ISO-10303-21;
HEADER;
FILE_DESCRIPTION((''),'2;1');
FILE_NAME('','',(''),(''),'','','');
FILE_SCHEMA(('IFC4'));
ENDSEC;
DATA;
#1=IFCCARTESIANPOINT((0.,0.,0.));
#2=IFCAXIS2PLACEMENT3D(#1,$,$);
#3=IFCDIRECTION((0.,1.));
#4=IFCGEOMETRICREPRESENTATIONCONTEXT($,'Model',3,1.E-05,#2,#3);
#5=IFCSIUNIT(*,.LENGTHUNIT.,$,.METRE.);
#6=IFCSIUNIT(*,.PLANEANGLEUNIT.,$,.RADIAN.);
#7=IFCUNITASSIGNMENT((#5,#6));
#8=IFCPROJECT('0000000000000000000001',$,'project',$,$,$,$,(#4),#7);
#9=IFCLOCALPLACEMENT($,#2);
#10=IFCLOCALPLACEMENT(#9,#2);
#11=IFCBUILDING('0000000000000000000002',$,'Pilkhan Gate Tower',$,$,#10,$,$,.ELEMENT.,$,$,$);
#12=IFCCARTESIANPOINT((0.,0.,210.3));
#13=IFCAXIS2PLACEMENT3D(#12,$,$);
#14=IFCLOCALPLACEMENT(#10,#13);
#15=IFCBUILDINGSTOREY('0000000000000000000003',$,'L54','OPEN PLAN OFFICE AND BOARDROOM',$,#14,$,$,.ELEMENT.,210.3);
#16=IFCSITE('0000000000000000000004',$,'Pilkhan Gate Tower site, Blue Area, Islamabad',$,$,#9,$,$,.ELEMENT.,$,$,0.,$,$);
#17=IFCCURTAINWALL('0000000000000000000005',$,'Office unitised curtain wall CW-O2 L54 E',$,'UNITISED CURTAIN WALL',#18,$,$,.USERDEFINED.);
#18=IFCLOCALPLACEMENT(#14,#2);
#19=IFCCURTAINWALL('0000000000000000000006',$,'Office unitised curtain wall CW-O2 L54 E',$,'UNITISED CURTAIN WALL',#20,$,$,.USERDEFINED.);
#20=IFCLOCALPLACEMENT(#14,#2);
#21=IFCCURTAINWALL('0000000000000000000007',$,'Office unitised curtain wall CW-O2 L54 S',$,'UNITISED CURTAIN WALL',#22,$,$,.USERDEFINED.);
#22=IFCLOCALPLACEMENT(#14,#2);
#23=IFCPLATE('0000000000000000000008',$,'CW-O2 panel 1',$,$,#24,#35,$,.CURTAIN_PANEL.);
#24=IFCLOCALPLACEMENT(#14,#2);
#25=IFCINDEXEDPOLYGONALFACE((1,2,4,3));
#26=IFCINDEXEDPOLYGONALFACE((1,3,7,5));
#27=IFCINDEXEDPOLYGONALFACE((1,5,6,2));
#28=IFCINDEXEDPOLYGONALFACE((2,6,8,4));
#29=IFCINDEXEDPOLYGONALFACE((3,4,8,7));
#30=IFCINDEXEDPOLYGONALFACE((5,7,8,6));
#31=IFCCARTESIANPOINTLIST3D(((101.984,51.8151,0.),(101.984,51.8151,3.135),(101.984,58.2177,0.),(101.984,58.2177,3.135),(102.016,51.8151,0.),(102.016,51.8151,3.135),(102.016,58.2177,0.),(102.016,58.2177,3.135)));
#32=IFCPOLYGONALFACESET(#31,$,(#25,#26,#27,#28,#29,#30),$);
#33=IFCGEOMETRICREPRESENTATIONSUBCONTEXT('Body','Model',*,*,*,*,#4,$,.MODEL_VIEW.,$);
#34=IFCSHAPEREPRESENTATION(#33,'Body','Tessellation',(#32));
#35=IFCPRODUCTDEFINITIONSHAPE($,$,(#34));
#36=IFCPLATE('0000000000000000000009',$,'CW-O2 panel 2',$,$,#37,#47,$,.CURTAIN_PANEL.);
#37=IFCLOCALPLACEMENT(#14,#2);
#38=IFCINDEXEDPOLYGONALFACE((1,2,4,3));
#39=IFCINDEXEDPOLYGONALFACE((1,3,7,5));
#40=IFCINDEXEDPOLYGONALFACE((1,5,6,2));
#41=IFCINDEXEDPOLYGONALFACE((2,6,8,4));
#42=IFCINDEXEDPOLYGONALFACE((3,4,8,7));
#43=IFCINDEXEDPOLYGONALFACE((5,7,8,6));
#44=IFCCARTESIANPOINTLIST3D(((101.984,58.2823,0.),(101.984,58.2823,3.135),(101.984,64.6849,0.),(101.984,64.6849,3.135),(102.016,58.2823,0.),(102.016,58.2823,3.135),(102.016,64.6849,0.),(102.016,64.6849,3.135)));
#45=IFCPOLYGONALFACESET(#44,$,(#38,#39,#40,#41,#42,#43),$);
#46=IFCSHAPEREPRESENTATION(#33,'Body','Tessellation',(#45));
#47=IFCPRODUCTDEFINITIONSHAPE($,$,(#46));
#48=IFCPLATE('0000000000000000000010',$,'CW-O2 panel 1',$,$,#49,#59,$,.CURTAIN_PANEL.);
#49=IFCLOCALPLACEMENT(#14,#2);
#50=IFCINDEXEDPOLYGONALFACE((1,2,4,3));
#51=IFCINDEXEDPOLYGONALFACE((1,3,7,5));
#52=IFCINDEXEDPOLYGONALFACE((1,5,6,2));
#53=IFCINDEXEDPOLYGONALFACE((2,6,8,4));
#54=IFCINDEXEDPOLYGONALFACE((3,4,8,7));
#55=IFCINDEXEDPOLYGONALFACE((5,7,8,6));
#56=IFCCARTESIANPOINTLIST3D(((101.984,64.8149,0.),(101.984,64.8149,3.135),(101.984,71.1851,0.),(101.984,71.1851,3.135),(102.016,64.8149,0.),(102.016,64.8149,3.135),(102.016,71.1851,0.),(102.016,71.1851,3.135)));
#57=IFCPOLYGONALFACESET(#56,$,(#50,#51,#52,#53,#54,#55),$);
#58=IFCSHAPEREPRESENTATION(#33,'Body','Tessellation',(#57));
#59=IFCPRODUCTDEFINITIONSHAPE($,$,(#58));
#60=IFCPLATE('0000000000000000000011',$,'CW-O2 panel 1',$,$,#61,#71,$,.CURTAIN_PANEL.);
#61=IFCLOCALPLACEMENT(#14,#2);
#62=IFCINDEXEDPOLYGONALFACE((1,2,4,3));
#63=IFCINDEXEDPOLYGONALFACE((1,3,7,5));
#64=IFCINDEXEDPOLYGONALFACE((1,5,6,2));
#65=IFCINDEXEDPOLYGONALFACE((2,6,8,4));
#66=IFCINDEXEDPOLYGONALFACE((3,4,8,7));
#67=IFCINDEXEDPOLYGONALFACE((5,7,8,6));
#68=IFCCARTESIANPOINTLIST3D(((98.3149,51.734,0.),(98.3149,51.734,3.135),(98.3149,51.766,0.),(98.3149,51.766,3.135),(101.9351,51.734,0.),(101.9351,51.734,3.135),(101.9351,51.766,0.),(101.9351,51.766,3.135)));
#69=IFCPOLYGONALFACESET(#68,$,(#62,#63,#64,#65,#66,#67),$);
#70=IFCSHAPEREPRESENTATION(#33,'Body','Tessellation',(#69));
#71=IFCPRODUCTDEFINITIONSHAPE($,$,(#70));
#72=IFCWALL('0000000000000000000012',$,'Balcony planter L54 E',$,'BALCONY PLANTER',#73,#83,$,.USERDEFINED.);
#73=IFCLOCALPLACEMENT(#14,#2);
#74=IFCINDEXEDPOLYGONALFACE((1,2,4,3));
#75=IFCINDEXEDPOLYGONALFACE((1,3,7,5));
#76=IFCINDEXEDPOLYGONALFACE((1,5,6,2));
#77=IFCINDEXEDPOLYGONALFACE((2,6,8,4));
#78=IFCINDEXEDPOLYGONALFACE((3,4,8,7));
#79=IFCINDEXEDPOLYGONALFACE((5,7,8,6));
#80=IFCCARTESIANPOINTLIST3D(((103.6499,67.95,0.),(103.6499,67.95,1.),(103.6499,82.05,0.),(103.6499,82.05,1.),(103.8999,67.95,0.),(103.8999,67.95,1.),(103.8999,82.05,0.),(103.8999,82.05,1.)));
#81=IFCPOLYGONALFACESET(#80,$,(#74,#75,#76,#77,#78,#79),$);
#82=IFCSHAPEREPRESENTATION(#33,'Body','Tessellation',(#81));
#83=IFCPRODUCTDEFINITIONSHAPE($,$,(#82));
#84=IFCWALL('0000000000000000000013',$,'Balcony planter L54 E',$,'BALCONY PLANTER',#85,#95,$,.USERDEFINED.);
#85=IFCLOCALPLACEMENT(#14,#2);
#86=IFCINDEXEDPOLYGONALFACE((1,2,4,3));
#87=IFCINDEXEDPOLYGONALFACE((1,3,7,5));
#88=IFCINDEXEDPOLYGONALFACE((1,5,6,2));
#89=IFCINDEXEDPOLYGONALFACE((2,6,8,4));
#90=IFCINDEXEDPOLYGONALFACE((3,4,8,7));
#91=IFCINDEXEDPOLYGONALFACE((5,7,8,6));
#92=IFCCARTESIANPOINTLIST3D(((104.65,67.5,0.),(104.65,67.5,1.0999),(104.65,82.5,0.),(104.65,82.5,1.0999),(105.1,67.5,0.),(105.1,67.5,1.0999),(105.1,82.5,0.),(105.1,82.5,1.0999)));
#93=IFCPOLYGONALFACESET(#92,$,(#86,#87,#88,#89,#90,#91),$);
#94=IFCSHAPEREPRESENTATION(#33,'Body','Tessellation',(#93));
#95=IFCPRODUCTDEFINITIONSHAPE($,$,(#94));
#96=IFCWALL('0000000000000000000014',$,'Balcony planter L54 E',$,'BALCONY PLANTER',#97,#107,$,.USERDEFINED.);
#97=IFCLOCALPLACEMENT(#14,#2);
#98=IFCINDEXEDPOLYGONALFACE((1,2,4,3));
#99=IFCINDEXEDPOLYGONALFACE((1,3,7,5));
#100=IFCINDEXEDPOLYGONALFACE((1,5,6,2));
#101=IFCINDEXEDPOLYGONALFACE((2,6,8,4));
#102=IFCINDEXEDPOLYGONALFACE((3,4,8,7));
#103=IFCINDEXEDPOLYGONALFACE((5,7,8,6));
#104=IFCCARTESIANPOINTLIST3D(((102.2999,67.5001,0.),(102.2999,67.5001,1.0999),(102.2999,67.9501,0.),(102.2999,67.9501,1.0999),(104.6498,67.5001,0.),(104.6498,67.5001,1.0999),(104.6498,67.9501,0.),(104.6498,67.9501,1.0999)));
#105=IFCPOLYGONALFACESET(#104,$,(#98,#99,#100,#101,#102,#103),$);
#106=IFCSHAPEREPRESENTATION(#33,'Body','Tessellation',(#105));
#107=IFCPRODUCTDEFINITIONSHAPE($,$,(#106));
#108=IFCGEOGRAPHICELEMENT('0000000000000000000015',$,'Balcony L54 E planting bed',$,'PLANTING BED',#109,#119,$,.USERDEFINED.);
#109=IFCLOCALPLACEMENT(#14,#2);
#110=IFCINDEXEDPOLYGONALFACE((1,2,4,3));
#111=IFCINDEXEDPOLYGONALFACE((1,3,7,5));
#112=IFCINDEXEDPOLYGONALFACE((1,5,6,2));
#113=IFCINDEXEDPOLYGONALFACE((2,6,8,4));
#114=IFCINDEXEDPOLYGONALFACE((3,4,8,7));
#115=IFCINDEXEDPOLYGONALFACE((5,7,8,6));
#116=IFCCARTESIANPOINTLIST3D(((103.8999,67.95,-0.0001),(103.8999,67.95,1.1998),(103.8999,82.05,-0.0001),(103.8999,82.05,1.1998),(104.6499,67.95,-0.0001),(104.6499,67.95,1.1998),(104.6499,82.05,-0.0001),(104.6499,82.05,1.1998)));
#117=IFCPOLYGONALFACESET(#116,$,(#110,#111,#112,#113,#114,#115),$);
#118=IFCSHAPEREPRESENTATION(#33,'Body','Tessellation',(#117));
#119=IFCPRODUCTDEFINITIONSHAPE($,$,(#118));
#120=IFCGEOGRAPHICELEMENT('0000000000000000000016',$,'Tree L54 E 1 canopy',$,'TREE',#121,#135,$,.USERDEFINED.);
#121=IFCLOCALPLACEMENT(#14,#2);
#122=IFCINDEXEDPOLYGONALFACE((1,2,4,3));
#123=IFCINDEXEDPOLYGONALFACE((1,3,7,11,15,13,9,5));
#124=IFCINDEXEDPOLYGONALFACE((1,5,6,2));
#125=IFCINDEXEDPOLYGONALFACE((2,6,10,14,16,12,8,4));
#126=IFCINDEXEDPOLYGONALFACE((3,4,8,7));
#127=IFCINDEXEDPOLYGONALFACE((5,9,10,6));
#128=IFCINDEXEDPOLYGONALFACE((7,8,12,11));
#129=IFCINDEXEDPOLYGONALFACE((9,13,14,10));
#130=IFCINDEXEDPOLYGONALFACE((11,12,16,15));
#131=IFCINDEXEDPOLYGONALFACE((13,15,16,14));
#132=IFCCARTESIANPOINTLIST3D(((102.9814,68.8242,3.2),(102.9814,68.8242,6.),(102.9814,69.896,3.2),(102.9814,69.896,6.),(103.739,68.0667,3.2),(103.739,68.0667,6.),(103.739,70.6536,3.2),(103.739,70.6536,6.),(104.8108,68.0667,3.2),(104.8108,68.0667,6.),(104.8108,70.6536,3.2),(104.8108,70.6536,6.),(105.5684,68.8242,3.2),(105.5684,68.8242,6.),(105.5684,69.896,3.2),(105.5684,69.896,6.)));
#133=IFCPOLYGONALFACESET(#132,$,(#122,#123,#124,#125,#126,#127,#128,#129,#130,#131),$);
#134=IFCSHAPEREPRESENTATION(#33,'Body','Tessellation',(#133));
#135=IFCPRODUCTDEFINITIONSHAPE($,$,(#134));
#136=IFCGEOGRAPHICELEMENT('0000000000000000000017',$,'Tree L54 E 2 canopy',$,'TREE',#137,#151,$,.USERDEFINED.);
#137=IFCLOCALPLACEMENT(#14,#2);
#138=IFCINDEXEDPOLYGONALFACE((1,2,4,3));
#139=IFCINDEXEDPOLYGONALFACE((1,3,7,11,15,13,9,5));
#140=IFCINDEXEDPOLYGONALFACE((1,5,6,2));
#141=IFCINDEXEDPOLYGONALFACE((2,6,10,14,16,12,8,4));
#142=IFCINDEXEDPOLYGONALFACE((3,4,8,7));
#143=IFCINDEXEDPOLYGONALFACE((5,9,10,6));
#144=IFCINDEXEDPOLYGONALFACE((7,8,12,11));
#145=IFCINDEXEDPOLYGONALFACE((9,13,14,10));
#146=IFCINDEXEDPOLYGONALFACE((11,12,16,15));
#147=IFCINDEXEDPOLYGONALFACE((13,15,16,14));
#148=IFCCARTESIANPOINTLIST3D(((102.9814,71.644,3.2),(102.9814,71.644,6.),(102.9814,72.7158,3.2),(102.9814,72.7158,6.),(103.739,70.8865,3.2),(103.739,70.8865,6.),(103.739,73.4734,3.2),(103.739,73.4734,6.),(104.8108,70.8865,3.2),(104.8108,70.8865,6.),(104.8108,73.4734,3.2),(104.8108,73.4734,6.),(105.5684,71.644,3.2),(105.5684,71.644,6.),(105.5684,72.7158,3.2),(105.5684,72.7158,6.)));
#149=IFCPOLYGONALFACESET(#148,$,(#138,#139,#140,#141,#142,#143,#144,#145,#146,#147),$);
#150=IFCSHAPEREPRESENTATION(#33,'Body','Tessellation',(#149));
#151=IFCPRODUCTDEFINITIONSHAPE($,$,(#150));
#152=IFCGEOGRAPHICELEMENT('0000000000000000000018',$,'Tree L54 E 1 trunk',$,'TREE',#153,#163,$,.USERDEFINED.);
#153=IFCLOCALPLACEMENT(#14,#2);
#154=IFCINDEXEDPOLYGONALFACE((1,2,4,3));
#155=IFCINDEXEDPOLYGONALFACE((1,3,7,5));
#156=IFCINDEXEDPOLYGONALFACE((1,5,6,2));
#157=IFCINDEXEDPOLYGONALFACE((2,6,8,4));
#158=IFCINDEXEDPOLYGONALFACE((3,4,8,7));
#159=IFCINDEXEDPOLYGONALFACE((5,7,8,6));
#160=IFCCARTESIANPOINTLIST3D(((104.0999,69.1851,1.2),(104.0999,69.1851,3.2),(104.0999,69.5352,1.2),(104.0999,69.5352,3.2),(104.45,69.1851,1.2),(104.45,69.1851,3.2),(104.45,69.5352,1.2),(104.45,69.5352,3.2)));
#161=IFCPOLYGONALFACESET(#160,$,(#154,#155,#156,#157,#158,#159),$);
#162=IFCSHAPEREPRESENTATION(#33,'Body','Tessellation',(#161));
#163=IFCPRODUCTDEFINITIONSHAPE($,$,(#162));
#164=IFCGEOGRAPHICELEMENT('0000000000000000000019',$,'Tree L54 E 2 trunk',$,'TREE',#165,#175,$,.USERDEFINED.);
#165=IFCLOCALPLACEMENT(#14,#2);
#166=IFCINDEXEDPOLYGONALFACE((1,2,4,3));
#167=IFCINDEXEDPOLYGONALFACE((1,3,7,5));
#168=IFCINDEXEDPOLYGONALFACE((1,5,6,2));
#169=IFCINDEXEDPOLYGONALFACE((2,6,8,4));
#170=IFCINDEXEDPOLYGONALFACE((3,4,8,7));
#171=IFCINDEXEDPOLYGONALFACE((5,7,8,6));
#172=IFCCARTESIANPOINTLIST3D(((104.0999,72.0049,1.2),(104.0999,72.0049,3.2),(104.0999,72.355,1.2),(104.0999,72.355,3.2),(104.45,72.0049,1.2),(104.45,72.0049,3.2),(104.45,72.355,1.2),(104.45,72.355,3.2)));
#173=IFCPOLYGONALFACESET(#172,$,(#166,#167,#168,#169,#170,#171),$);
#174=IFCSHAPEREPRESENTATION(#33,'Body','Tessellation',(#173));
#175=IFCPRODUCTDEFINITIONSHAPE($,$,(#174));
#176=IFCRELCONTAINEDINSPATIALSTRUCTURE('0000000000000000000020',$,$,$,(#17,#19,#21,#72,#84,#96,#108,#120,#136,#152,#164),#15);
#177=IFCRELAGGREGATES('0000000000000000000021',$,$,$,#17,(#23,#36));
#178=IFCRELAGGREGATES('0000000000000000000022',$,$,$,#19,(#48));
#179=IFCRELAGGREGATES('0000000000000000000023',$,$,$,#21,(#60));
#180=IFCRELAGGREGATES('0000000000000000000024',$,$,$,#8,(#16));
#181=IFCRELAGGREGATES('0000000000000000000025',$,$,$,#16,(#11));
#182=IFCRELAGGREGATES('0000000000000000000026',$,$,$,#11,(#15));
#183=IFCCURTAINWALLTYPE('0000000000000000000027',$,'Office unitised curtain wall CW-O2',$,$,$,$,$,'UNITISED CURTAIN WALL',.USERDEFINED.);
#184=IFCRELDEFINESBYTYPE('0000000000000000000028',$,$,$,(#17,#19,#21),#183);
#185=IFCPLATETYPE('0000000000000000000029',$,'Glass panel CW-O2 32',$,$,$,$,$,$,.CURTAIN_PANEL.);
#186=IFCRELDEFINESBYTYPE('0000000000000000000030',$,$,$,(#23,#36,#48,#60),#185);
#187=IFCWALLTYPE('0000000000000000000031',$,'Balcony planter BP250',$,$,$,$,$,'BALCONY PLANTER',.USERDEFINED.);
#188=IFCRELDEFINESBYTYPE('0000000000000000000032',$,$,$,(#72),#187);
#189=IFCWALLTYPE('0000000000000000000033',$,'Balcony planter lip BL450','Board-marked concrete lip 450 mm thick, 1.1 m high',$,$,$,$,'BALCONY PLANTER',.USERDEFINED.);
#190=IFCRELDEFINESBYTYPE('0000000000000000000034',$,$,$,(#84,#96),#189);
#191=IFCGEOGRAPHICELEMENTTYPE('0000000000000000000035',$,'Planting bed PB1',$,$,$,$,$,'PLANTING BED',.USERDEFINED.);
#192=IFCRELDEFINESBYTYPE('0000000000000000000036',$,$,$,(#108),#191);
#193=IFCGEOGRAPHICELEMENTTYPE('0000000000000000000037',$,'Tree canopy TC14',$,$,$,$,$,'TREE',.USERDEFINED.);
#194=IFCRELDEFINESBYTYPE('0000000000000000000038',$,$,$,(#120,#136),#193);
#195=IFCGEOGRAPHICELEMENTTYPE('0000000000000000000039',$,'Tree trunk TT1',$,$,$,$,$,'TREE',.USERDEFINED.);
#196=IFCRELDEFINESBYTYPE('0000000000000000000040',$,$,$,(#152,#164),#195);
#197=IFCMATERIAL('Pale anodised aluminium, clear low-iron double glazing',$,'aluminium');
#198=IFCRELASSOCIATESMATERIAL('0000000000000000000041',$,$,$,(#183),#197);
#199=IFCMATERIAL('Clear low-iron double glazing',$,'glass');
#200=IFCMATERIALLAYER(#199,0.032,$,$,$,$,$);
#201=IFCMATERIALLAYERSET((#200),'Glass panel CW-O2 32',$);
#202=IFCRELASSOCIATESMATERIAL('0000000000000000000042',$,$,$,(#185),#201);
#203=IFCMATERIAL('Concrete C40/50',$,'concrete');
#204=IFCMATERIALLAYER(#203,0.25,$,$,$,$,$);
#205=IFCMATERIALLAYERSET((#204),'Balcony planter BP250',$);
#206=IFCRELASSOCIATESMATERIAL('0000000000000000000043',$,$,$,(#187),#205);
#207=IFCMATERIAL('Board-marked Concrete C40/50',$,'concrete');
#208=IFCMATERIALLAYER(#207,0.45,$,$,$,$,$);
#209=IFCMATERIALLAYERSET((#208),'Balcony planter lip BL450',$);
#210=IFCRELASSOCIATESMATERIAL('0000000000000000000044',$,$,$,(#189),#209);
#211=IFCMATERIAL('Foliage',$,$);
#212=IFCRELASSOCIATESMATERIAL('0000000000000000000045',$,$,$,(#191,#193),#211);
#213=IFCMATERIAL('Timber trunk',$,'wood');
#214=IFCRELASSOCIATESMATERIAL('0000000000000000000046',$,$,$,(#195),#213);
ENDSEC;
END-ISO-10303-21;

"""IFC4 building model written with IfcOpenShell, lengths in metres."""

from ifc_helpers import new_model, si_unit, direction, frame, frame_2d, origin, origin_2d, place, context, subcontext, project, spatial, polyline, rectangle, outline, extrude, material, layer, layer_set, material_profile, profile_set, type_object, element, aggregate, save


model = new_model("IFC4")

# Units and contexts
model_context = context("Model", 3, precision=1e-05, world=origin(), true_north=direction((0.0, 1.0)))
body_context = subcontext(model_context, "Body", "Model", "MODEL_VIEW")
ifc_project = project(units=[si_unit("LENGTHUNIT", "METRE"), si_unit("PLANEANGLEUNIT", "RADIAN")], contexts=[model_context])

# Site, building, storey
site_placement = place(None, origin())
site = spatial("IfcSite", under=ifc_project, at=site_placement, Name="Pilkhan Gate Tower site, Blue Area, Islamabad", CompositionType="ELEMENT", RefElevation=0.0)
building_placement = place(site_placement, origin())
building = spatial("IfcBuilding", under=site, at=building_placement, Name="Pilkhan Gate Tower", CompositionType="ELEMENT")
storey_placement = place(building_placement, frame((0.0, 0.0, 210.3)))
storey = spatial("IfcBuildingStorey", under=building, at=storey_placement, Name="L54", Description="OPEN PLAN OFFICE AND BOARDROOM", CompositionType="ELEMENT", Elevation=210.3)

# Curtain walls
ifc_material_1 = material(Name="Pale anodised aluminium, clear low-iron double glazing", Category="aluminium")
curtain_wall_type = type_object("IfcCurtainWallType", Name="Office unitised curtain wall CW-O2", ElementType="UNITISED CURTAIN WALL", PredefinedType="USERDEFINED", material=ifc_material_1)
curtain_wall_1_placement = place(storey_placement, origin())
curtain_wall_1 = element("IfcCurtainWall", 1, at=curtain_wall_1_placement, inside=storey, type_object=curtain_wall_type, Name="Office unitised curtain wall CW-O2 L54 E", ObjectType="UNITISED CURTAIN WALL", PredefinedType="USERDEFINED")
curtain_wall_2_placement = place(storey_placement, origin())
curtain_wall_2 = element("IfcCurtainWall", 2, at=curtain_wall_2_placement, inside=storey, type_object=curtain_wall_type, Name="Office unitised curtain wall CW-O2 L54 E", ObjectType="UNITISED CURTAIN WALL", PredefinedType="USERDEFINED")

# Curtain wall
curtain_wall_3_placement = place(storey_placement, origin())
curtain_wall_3 = element("IfcCurtainWall", 3, at=curtain_wall_3_placement, inside=storey, type_object=curtain_wall_type, Name="Office unitised curtain wall CW-O2 L54 S", ObjectType="UNITISED CURTAIN WALL", PredefinedType="USERDEFINED")

# Plates
ifc_material_2 = material(Name="Clear low-iron double glazing", Category="glass")
ifc_layer_1 = layer(ifc_material_2, 0.032)
ifc_layer_set_1 = layer_set([ifc_layer_1], Name="Glass panel CW-O2 32")
plate_type = type_object("IfcPlateType", Name="Glass panel CW-O2 32", PredefinedType="CURTAIN_PANEL", material=ifc_layer_set_1)
plate_1_placement = place(storey_placement, frame((102.0, 55.0164, 0.0), z_axis=(0.0, 0.0, 1.0), x_axis=(0.0, 1.0, 0.0)))
plate_1 = element("IfcPlate", 4, at=plate_1_placement, type_object=plate_type, Name="CW-O2 panel 1", PredefinedType="CURTAIN_PANEL", context=body_context, shape_type="SweptSolid", body=[
    extrude(rectangle(XDim=6.4026, YDim=0.032, at=origin_2d()), origin(), (0.0, 0.0, 1.0), 3.135),
])
plate_2_placement = place(storey_placement, frame((102.0, 61.4836, 0.0), z_axis=(0.0, 0.0, 1.0), x_axis=(0.0, 1.0, 0.0)))
plate_2 = element("IfcPlate", 5, at=plate_2_placement, type_object=plate_type, Name="CW-O2 panel 2", PredefinedType="CURTAIN_PANEL", context=body_context, shape_type="SweptSolid", body=[
    extrude(rectangle(XDim=6.4026, YDim=0.032, at=origin_2d()), origin(), (0.0, 0.0, 1.0), 3.135),
])
aggregate(curtain_wall_1, [plate_1, plate_2])
plate_3_placement = place(storey_placement, frame((102.0, 68.0, 0.0), z_axis=(0.0, 0.0, 1.0), x_axis=(0.0, 1.0, 0.0)))
plate_3 = element("IfcPlate", 6, at=plate_3_placement, type_object=plate_type, Name="CW-O2 panel 1", PredefinedType="CURTAIN_PANEL", context=body_context, shape_type="SweptSolid", body=[
    extrude(rectangle(XDim=6.3701, YDim=0.032, at=origin_2d()), origin(), (0.0, 0.0, 1.0), 3.135),
])
aggregate(curtain_wall_2, [plate_3])
plate_4_placement = place(storey_placement, frame((100.125, 51.75, 0.0), z_axis=(0.0, 0.0, 1.0), x_axis=(1.0, 0.0, 0.0)))
plate_4 = element("IfcPlate", 7, at=plate_4_placement, type_object=plate_type, Name="CW-O2 panel 1", PredefinedType="CURTAIN_PANEL", context=body_context, shape_type="SweptSolid", body=[
    extrude(rectangle(XDim=3.6201, YDim=0.032, at=origin_2d()), origin(), (0.0, 0.0, 1.0), 3.135),
])
aggregate(curtain_wall_3, [plate_4])

# Walls
ifc_material_3 = material(Name="Concrete C40/50", Category="concrete")
ifc_layer_2 = layer(ifc_material_3, 0.25)
ifc_layer_set_2 = layer_set([ifc_layer_2], Name="Balcony planter BP250")
wall_type_1 = type_object("IfcWallType", Name="Balcony planter BP250", ElementType="BALCONY PLANTER", PredefinedType="USERDEFINED", material=ifc_layer_set_2)
wall_1_placement = place(storey_placement, frame((103.7749, 67.95, 0.0), z_axis=(0.0, 0.0, 1.0), x_axis=(0.0, 1.0, 0.0)))
element("IfcWall", 8, at=wall_1_placement, inside=storey, type_object=wall_type_1, Name="Balcony planter L54 E", ObjectType="BALCONY PLANTER", PredefinedType="USERDEFINED", context=body_context, shape_type="SweptSolid", body=[
    extrude(rectangle(XDim=14.1001, YDim=0.25, at=frame_2d((7.05, 0.0))), origin(), (0.0, 0.0, 1.0), 1.0),
])
ifc_material_4 = material(Name="Board-marked Concrete C40/50", Category="concrete")
ifc_layer_3 = layer(ifc_material_4, 0.45)
ifc_layer_set_3 = layer_set([ifc_layer_3], Name="Balcony planter lip BL450")
wall_type_2 = type_object("IfcWallType", Name="Balcony planter lip BL450", Description="Board-marked concrete lip 450 mm thick, 1.1 m high", ElementType="BALCONY PLANTER", PredefinedType="USERDEFINED", material=ifc_layer_set_3)
wall_2_placement = place(storey_placement, frame((104.875, 67.5, 0.0), z_axis=(0.0, 0.0, 1.0), x_axis=(0.0, 1.0, 0.0)))
element("IfcWall", 9, at=wall_2_placement, inside=storey, type_object=wall_type_2, Name="Balcony planter L54 E", ObjectType="BALCONY PLANTER", PredefinedType="USERDEFINED", context=body_context, shape_type="SweptSolid", body=[
    extrude(rectangle(XDim=15.0, YDim=0.45, at=frame_2d((7.5, 0.0))), origin(), (0.0, 0.0, 1.0), 1.0999),
])
wall_3_placement = place(storey_placement, frame((102.3, 67.7251, 0.0), z_axis=(0.0, 0.0, 1.0), x_axis=(1.0, 0.0, 0.0)))
element("IfcWall", 10, at=wall_3_placement, inside=storey, type_object=wall_type_2, Name="Balcony planter L54 E", ObjectType="BALCONY PLANTER", PredefinedType="USERDEFINED", context=body_context, shape_type="SweptSolid", body=[
    extrude(rectangle(XDim=2.3499, YDim=0.45, at=frame_2d((1.1748, 0.0))), origin(), (0.0, 0.0, 1.0), 1.0999),
])

# Geographic elements
ifc_material_5 = material(Name="Foliage")
ifc_material_profile_1 = material_profile(ifc_material_5, rectangle(XDim=0.75, YDim=1.2, at=origin_2d()), Name="Bed 750x1200")
ifc_profile_set_1 = profile_set([ifc_material_profile_1], Name="Foliage")
geographic_element_type_1 = type_object("IfcGeographicElementType", Name="Planting bed PB1", ElementType="PLANTING BED", PredefinedType="USERDEFINED", material=ifc_profile_set_1)
geographic_element_placement = place(storey_placement, frame((104.2749, 67.95, 0.5999), z_axis=(0.0, 1.0, 0.0), x_axis=(-1.0, 0.0, 0.0)))
element("IfcGeographicElement", 11, at=geographic_element_placement, inside=storey, type_object=geographic_element_type_1, Name="Balcony L54 E planting bed", ObjectType="PLANTING BED", PredefinedType="USERDEFINED", context=body_context, shape_type="SweptSolid", body=[
    extrude(rectangle(XDim=0.75, YDim=1.2, at=origin_2d()), origin(), (0.0, 0.0, 1.0), 14.1001),
])
ifc_material_profile_2 = material_profile(ifc_material_5, outline(polyline([(1.2935, 0.5359), (0.5359, 1.2935), (-0.5359, 1.2935), (-1.2935, 0.5359), (-1.2935, -0.5359), (-0.5359, -1.2935), (0.5359, -1.2935), (1.2935, -0.5359), (1.2935, 0.5359)])), Name="Canopy D2.8")
ifc_profile_set_2 = profile_set([ifc_material_profile_2], Name="Foliage")
geographic_element_type_2 = type_object("IfcGeographicElementType", Name="Tree canopy TC14", ElementType="TREE", PredefinedType="USERDEFINED", material=ifc_profile_set_2)
for number, where, z_axis, x_axis, name in (
    (12, (104.2749, 69.3601, 3.2), (0.0, 0.0, 1.0), (1.0, 0.0, 0.0), "Tree L54 E 1 canopy"),
    (13, (104.2749, 72.1799, 3.2), (0.0, 0.0, 1.0), (1.0, 0.0, 0.0), "Tree L54 E 2 canopy"),
):
    element("IfcGeographicElement", number, at=place(storey_placement, frame(where, z_axis=z_axis, x_axis=x_axis)), inside=storey, type_object=geographic_element_type_2, Name=name, ObjectType="TREE", PredefinedType="USERDEFINED", context=body_context, shape_type="SweptSolid", body=[
        extrude(outline(polyline([(1.2935, 0.5359), (0.5359, 1.2935), (-0.5359, 1.2935), (-1.2935, 0.5359), (-1.2935, -0.5359), (-0.5359, -1.2935), (0.5359, -1.2935), (1.2935, -0.5359), (1.2935, 0.5359)])), origin(), (0.0, 0.0, 1.0), 2.8),
    ])
ifc_material_6 = material(Name="Timber trunk", Category="wood")
geographic_element_type_3 = type_object("IfcGeographicElementType", Name="Tree trunk TT1", ElementType="TREE", PredefinedType="USERDEFINED", material=ifc_material_6)
for number, where, z_axis, x_axis, name in (
    (14, (104.2749, 69.3601, 1.2), (0.0, 0.0, 1.0), (1.0, 0.0, 0.0), "Tree L54 E 1 trunk"),
    (15, (104.2749, 72.1799, 1.2), (0.0, 0.0, 1.0), (1.0, 0.0, 0.0), "Tree L54 E 2 trunk"),
):
    element("IfcGeographicElement", number, at=place(storey_placement, frame(where, z_axis=z_axis, x_axis=x_axis)), inside=storey, type_object=geographic_element_type_3, Name=name, ObjectType="TREE", PredefinedType="USERDEFINED", context=body_context, shape_type="SweptSolid", body=[
        extrude(rectangle(XDim=0.3501, YDim=0.3501, at=origin_2d()), origin(), (0.0, 0.0, 1.0), 2.0),
    ])

save(model, "model.ifc")
